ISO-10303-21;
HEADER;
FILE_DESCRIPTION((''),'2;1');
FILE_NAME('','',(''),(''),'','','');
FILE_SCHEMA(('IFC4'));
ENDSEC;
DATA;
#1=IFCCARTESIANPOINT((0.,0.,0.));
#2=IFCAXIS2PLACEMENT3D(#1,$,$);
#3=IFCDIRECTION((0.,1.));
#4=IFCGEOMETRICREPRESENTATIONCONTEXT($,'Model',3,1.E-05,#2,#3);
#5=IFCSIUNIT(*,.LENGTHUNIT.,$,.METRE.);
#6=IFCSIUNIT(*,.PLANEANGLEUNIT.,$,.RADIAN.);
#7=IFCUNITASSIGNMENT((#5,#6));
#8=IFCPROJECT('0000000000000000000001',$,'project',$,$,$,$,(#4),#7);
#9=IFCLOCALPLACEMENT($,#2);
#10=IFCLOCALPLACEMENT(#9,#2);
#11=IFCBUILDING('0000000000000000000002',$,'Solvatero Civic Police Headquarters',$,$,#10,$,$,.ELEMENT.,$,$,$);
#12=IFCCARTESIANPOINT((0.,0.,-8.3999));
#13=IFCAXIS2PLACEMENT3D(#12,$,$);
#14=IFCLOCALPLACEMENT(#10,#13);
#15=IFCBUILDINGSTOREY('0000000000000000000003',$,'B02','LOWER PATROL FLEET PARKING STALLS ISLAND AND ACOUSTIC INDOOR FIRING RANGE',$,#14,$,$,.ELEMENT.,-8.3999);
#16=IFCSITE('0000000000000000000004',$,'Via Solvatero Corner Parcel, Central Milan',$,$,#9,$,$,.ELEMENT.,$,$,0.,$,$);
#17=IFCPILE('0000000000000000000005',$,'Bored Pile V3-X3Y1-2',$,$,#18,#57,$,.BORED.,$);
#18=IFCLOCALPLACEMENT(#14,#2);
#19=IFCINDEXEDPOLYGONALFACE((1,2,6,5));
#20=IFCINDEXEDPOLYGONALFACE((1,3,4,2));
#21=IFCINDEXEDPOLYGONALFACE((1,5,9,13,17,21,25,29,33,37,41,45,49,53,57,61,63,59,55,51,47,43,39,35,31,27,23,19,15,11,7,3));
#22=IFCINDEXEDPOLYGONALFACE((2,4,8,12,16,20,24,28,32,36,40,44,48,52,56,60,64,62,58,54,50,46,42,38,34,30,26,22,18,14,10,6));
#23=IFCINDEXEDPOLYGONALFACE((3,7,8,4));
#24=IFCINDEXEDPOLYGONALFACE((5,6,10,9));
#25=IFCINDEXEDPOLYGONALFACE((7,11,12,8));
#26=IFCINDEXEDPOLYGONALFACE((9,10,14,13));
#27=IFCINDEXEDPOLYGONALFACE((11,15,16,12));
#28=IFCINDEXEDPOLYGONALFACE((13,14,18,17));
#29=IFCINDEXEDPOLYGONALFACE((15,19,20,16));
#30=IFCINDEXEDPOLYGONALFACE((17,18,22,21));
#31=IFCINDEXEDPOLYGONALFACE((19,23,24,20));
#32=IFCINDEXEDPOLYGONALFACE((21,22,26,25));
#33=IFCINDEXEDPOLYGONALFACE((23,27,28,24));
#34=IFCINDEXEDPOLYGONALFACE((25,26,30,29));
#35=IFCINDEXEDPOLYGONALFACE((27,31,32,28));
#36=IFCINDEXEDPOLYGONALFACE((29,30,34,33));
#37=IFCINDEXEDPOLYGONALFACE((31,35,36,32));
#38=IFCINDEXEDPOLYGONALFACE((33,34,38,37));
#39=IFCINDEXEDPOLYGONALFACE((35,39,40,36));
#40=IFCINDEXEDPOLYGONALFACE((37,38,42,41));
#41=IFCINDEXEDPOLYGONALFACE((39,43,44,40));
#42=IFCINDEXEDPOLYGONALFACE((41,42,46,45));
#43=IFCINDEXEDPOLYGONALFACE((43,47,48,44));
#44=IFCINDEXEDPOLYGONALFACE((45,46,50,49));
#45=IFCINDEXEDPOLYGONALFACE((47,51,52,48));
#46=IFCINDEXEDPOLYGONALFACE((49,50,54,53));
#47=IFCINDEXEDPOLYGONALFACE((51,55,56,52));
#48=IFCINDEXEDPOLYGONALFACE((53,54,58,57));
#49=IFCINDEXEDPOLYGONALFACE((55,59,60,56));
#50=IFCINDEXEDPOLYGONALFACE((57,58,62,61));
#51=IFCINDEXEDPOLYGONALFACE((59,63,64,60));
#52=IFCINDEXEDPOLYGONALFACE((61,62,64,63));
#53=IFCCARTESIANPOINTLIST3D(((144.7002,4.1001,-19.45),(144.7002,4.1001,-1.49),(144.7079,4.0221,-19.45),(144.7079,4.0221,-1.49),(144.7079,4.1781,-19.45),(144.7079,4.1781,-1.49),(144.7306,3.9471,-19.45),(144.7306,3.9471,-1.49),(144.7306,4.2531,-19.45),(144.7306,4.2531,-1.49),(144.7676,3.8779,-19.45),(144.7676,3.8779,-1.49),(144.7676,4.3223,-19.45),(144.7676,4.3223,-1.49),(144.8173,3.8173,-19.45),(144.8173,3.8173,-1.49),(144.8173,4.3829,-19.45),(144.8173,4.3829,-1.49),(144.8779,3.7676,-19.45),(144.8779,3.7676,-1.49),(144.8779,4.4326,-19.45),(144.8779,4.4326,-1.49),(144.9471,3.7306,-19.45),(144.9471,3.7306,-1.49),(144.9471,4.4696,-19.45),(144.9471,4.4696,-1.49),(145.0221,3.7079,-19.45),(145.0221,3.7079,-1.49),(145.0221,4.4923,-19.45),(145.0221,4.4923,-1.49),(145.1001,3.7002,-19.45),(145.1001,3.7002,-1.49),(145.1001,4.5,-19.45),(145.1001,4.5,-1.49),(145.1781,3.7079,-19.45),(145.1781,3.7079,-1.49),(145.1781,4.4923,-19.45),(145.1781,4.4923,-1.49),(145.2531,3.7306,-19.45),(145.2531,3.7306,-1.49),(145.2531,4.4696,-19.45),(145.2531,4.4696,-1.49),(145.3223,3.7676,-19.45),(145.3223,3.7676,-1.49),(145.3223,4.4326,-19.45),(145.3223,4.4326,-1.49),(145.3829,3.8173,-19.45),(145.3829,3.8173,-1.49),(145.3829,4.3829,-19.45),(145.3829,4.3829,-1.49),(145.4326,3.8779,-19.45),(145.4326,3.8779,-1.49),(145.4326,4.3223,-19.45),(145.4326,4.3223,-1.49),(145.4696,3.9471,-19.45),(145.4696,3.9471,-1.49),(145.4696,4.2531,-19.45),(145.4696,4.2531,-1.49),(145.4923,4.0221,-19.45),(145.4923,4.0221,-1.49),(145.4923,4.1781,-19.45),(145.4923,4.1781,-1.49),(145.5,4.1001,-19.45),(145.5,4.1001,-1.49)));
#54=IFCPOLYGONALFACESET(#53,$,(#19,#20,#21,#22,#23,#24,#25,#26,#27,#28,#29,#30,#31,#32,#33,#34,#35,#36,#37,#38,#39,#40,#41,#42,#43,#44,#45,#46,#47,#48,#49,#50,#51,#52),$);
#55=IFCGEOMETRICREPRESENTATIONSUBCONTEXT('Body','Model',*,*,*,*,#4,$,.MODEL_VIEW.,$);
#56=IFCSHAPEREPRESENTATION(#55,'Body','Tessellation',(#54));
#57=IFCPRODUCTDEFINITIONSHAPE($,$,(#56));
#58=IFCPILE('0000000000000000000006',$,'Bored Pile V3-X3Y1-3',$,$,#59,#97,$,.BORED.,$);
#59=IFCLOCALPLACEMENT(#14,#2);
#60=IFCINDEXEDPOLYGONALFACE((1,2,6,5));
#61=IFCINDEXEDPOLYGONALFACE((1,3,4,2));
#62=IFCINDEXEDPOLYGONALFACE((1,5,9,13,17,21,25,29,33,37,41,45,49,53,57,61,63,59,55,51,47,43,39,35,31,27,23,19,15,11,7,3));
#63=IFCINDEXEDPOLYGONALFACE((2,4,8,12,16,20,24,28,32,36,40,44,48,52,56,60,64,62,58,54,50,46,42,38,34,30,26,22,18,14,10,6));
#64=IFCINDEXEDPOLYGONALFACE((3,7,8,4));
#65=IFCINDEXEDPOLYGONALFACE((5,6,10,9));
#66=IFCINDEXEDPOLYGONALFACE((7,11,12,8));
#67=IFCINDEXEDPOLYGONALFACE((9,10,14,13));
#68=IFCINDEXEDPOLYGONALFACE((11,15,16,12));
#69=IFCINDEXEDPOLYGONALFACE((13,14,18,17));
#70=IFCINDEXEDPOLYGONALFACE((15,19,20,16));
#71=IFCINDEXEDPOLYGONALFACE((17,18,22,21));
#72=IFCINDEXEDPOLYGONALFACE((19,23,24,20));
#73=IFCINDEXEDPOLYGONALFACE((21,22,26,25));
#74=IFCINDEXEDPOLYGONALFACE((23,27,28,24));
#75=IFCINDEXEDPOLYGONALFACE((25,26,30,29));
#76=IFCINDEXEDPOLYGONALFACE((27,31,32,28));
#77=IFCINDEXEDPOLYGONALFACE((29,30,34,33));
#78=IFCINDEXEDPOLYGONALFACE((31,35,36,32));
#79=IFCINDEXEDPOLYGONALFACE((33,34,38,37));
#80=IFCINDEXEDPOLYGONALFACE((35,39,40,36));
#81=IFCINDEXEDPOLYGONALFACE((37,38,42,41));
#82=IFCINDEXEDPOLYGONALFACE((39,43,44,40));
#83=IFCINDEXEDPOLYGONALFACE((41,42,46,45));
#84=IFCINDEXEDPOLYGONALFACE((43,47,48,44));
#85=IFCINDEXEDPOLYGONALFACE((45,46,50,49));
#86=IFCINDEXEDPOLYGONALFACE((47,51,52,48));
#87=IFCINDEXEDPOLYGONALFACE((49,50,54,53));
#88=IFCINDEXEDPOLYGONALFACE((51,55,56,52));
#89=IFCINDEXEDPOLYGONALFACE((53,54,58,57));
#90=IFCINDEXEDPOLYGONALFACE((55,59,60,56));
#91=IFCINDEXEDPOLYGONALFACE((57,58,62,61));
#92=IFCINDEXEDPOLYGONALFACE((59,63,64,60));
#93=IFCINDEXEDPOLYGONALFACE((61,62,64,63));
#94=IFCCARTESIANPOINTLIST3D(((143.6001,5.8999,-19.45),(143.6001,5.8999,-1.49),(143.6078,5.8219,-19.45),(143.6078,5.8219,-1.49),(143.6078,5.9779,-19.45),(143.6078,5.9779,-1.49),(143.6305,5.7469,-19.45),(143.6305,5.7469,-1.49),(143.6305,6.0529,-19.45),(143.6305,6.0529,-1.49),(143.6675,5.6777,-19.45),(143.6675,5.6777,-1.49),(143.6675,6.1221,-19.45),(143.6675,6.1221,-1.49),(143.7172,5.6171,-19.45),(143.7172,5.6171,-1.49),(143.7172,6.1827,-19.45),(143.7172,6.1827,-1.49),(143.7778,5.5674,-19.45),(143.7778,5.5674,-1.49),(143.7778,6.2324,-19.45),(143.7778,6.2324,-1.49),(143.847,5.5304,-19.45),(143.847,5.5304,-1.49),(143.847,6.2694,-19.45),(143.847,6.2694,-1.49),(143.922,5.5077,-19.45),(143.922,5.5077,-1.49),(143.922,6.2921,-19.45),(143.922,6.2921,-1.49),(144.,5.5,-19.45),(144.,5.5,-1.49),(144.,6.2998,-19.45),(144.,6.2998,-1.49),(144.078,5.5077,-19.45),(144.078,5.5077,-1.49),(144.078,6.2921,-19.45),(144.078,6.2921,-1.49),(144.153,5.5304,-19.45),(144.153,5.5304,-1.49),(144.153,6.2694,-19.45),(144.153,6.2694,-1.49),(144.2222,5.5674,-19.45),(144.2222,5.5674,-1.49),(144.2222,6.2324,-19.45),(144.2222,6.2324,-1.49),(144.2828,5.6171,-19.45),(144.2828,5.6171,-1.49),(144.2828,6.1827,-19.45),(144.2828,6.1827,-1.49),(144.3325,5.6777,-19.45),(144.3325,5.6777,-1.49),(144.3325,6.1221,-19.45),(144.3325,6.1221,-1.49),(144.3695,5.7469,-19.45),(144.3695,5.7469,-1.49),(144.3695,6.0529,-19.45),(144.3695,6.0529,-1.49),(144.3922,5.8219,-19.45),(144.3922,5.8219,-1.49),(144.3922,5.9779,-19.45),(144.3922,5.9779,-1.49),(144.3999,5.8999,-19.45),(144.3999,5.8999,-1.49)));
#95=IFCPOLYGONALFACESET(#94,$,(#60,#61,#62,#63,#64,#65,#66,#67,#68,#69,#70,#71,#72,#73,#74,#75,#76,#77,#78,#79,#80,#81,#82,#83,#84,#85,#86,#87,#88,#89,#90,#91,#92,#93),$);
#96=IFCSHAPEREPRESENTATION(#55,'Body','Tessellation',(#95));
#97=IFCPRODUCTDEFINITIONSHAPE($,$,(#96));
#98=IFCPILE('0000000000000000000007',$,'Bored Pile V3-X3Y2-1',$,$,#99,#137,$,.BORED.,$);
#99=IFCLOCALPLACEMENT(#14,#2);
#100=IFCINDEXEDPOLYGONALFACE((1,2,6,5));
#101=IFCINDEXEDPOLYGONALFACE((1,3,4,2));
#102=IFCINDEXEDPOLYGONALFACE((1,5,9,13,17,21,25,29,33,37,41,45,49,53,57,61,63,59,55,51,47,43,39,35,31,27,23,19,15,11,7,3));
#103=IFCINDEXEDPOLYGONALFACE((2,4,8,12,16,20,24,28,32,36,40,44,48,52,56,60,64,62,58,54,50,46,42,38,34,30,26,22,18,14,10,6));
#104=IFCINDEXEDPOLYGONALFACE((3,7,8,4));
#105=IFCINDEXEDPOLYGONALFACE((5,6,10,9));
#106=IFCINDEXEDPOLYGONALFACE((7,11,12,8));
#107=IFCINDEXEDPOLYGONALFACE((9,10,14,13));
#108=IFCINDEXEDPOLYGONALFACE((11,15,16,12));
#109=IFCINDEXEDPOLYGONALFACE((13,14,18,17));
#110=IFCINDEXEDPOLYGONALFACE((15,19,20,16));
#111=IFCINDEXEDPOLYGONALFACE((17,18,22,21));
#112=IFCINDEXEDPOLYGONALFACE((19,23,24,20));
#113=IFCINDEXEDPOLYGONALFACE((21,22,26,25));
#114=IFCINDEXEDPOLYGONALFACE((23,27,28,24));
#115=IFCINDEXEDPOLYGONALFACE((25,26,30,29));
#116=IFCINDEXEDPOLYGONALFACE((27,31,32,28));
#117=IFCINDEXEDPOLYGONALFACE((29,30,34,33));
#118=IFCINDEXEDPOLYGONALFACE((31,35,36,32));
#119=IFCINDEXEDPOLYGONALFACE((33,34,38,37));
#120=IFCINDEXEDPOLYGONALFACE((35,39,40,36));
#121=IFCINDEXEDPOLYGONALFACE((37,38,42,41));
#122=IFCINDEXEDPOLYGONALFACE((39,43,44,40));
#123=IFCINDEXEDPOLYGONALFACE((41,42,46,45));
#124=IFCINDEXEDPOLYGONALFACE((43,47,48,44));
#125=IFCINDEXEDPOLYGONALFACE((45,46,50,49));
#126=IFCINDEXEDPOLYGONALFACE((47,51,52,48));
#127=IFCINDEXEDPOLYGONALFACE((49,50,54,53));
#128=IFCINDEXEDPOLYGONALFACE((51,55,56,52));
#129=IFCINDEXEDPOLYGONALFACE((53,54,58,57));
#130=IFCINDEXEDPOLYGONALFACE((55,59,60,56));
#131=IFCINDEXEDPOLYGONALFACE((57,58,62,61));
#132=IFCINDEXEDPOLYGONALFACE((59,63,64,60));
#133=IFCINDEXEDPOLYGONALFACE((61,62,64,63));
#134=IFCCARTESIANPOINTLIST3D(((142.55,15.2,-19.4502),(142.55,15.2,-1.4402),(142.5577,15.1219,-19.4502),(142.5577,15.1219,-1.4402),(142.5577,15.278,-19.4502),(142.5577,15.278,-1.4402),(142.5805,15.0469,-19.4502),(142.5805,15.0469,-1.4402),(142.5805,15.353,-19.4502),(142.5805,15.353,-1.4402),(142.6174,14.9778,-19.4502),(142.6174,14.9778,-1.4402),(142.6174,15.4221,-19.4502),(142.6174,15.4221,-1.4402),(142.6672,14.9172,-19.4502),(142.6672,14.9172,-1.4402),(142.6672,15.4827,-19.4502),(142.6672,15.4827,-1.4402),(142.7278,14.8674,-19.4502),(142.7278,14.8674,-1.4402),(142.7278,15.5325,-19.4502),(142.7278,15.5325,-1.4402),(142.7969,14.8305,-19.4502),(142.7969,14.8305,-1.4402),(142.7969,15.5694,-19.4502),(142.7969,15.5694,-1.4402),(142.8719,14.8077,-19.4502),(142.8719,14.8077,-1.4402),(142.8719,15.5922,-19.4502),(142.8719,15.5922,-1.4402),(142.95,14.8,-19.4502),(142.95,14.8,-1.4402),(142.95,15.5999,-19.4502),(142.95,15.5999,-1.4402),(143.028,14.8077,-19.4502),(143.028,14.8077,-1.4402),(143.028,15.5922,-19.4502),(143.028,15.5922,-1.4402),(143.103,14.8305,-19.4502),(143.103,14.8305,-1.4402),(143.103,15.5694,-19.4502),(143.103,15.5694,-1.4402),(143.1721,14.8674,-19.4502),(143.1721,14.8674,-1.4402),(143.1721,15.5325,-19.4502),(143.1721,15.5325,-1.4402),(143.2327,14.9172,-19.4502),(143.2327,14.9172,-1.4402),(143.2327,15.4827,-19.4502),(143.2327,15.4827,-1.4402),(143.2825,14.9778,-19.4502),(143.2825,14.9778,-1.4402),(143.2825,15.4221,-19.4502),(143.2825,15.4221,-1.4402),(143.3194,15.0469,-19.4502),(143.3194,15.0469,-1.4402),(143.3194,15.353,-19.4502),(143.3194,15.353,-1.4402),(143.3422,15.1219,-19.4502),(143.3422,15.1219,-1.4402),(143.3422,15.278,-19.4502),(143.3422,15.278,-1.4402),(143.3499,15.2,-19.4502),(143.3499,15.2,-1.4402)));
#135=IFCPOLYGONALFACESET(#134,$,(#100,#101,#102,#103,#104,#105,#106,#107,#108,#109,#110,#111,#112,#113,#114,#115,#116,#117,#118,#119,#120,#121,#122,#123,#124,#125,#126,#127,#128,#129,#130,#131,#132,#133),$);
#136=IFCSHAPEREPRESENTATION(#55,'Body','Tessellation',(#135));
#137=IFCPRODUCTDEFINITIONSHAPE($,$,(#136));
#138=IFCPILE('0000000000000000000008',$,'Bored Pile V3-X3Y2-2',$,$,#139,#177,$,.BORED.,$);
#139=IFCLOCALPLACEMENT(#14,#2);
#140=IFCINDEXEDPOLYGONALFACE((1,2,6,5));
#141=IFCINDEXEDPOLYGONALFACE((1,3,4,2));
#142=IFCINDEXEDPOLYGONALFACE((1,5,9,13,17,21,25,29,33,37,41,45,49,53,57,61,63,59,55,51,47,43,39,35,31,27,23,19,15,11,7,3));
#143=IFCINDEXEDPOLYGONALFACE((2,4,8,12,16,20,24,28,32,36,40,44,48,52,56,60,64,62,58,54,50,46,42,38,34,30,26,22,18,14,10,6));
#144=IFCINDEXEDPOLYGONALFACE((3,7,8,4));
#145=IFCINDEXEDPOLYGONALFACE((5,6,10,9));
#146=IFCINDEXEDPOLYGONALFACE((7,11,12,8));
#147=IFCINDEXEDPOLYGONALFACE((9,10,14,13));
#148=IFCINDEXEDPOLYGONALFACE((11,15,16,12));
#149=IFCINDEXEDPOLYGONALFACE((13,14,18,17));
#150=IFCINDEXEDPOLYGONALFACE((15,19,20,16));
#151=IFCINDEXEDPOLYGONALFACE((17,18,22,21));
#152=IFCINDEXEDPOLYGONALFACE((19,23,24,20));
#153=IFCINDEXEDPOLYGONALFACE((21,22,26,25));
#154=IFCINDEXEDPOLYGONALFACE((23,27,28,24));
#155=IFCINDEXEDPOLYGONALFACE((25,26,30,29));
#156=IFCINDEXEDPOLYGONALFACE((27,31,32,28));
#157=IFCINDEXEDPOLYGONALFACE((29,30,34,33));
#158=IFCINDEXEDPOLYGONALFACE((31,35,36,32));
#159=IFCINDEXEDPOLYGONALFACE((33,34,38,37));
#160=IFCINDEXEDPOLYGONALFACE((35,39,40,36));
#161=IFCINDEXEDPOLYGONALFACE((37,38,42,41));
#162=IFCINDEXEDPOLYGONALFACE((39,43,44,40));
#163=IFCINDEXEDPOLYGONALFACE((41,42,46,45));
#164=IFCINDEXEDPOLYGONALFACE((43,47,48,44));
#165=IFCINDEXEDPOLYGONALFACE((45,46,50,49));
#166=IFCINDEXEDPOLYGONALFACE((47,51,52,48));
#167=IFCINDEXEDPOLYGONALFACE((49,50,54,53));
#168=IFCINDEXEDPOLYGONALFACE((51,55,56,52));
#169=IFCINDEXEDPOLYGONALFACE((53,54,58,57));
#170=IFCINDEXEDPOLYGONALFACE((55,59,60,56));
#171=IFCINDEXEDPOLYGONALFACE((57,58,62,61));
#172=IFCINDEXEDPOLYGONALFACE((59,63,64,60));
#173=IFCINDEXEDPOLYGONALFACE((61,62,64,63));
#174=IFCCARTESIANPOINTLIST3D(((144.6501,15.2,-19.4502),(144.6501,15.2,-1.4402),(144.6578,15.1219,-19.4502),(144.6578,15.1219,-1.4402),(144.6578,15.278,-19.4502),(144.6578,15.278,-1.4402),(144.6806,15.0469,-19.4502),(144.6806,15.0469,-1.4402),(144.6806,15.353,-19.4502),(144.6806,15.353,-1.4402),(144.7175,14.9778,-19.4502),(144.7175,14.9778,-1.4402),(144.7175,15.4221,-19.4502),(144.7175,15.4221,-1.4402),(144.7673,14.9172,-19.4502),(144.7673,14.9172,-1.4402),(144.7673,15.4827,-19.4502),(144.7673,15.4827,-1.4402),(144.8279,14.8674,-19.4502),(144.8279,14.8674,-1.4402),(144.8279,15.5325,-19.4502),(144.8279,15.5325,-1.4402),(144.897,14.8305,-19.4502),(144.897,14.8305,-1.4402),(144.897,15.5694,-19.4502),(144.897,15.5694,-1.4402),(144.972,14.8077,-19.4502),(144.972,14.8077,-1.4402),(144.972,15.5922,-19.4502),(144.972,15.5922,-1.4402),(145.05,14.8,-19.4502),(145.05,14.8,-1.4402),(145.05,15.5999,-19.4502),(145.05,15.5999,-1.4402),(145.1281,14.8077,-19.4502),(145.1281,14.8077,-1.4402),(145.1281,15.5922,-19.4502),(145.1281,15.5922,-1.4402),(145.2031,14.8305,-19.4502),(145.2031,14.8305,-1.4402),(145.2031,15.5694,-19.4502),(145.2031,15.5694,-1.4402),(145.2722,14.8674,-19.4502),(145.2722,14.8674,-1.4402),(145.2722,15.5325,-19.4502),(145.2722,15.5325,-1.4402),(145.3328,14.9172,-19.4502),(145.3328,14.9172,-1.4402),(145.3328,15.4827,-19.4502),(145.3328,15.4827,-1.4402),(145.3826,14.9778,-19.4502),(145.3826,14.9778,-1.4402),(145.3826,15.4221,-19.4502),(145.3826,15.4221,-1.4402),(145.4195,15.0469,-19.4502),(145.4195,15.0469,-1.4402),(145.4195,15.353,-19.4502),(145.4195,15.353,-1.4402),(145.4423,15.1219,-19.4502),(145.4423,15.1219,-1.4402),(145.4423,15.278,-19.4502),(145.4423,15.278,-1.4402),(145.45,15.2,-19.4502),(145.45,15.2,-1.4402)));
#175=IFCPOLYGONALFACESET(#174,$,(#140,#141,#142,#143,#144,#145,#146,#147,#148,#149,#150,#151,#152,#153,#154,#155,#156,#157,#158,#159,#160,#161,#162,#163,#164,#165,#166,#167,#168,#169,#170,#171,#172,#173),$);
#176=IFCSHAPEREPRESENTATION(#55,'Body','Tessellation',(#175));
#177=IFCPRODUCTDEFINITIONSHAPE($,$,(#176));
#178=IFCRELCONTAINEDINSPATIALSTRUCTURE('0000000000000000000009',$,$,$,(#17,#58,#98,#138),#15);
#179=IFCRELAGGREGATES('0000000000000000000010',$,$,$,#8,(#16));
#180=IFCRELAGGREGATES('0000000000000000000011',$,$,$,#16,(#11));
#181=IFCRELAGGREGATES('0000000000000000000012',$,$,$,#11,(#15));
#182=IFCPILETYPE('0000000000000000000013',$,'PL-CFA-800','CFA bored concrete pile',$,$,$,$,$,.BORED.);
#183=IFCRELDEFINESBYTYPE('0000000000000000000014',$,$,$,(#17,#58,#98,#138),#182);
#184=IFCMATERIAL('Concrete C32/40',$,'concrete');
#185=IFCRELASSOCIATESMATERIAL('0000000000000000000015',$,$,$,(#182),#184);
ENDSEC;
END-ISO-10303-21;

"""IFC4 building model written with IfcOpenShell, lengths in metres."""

from ifc_helpers import new_model, si_unit, direction, frame, origin, origin_2d, place, context, subcontext, project, spatial, circle, extrude, material, material_profile, profile_set, type_object, element, save


model = new_model("IFC4")

# Units and contexts
model_context = context("Model", 3, precision=1e-05, world=origin(), true_north=direction((0.0, 1.0)))
body_context = subcontext(model_context, "Body", "Model", "MODEL_VIEW")
ifc_project = project(units=[si_unit("LENGTHUNIT", "METRE"), si_unit("PLANEANGLEUNIT", "RADIAN")], contexts=[model_context])

# Site, building, storey
site_placement = place(None, origin())
site = spatial("IfcSite", under=ifc_project, at=site_placement, Name="Via Solvatero Corner Parcel, Central Milan", CompositionType="ELEMENT", RefElevation=0.0)
building_placement = place(site_placement, origin())
building = spatial("IfcBuilding", under=site, at=building_placement, Name="Solvatero Civic Police Headquarters", CompositionType="ELEMENT")
storey_placement = place(building_placement, frame((0.0, 0.0, -8.3999)))
storey = spatial("IfcBuildingStorey", under=building, at=storey_placement, Name="B02", Description="LOWER PATROL FLEET PARKING STALLS ISLAND AND ACOUSTIC INDOOR FIRING RANGE", CompositionType="ELEMENT", Elevation=-8.3999)

# Piles
ifc_material_1 = material(Name="Concrete C32/40", Category="concrete")
ifc_material_profile_1 = material_profile(ifc_material_1, circle(Radius=0.3999, at=origin_2d()), Name="CFA PILE D800")
ifc_profile_set_1 = profile_set([ifc_material_profile_1], Name="Concrete C32/40")
pile_type_1 = type_object("IfcPileType", Name="PL-CFA-800", Description="CFA bored concrete pile", PredefinedType="BORED", material=ifc_profile_set_1)
for number, where, z_axis, x_axis, name in (
    (1, (145.1001, 4.1001, -1.49), (0.0, 0.0, -1.0), (1.0, 0.0, 0.0), "Bored Pile V3-X3Y1-2"),
    (2, (144.0, 5.8999, -1.49), (0.0, 0.0, -1.0), (1.0, 0.0, 0.0), "Bored Pile V3-X3Y1-3"),
):
    element("IfcPile", number, at=place(storey_placement, frame(where, z_axis=z_axis, x_axis=x_axis)), inside=storey, type_object=pile_type_1, Name=name, PredefinedType="BORED", context=body_context, shape_type="SweptSolid", body=[
        extrude(circle(Radius=0.3999, at=origin_2d()), origin(), (0.0, 0.0, 1.0), 17.96),
    ])
for number, where, z_axis, x_axis, name in (
    (3, (142.95, 15.2, -1.4402), (0.0, 0.0, -1.0), (1.0, 0.0, 0.0), "Bored Pile V3-X3Y2-1"),
    (4, (145.05, 15.2, -1.4402), (0.0, 0.0, -1.0), (1.0, 0.0, 0.0), "Bored Pile V3-X3Y2-2"),
):
    element("IfcPile", number, at=place(storey_placement, frame(where, z_axis=z_axis, x_axis=x_axis)), inside=storey, type_object=pile_type_1, Name=name, PredefinedType="BORED", context=body_context, shape_type="SweptSolid", body=[
        extrude(circle(Radius=0.3999, at=origin_2d()), origin(), (0.0, 0.0, 1.0), 18.01),
    ])

save(model, "model.ifc")
